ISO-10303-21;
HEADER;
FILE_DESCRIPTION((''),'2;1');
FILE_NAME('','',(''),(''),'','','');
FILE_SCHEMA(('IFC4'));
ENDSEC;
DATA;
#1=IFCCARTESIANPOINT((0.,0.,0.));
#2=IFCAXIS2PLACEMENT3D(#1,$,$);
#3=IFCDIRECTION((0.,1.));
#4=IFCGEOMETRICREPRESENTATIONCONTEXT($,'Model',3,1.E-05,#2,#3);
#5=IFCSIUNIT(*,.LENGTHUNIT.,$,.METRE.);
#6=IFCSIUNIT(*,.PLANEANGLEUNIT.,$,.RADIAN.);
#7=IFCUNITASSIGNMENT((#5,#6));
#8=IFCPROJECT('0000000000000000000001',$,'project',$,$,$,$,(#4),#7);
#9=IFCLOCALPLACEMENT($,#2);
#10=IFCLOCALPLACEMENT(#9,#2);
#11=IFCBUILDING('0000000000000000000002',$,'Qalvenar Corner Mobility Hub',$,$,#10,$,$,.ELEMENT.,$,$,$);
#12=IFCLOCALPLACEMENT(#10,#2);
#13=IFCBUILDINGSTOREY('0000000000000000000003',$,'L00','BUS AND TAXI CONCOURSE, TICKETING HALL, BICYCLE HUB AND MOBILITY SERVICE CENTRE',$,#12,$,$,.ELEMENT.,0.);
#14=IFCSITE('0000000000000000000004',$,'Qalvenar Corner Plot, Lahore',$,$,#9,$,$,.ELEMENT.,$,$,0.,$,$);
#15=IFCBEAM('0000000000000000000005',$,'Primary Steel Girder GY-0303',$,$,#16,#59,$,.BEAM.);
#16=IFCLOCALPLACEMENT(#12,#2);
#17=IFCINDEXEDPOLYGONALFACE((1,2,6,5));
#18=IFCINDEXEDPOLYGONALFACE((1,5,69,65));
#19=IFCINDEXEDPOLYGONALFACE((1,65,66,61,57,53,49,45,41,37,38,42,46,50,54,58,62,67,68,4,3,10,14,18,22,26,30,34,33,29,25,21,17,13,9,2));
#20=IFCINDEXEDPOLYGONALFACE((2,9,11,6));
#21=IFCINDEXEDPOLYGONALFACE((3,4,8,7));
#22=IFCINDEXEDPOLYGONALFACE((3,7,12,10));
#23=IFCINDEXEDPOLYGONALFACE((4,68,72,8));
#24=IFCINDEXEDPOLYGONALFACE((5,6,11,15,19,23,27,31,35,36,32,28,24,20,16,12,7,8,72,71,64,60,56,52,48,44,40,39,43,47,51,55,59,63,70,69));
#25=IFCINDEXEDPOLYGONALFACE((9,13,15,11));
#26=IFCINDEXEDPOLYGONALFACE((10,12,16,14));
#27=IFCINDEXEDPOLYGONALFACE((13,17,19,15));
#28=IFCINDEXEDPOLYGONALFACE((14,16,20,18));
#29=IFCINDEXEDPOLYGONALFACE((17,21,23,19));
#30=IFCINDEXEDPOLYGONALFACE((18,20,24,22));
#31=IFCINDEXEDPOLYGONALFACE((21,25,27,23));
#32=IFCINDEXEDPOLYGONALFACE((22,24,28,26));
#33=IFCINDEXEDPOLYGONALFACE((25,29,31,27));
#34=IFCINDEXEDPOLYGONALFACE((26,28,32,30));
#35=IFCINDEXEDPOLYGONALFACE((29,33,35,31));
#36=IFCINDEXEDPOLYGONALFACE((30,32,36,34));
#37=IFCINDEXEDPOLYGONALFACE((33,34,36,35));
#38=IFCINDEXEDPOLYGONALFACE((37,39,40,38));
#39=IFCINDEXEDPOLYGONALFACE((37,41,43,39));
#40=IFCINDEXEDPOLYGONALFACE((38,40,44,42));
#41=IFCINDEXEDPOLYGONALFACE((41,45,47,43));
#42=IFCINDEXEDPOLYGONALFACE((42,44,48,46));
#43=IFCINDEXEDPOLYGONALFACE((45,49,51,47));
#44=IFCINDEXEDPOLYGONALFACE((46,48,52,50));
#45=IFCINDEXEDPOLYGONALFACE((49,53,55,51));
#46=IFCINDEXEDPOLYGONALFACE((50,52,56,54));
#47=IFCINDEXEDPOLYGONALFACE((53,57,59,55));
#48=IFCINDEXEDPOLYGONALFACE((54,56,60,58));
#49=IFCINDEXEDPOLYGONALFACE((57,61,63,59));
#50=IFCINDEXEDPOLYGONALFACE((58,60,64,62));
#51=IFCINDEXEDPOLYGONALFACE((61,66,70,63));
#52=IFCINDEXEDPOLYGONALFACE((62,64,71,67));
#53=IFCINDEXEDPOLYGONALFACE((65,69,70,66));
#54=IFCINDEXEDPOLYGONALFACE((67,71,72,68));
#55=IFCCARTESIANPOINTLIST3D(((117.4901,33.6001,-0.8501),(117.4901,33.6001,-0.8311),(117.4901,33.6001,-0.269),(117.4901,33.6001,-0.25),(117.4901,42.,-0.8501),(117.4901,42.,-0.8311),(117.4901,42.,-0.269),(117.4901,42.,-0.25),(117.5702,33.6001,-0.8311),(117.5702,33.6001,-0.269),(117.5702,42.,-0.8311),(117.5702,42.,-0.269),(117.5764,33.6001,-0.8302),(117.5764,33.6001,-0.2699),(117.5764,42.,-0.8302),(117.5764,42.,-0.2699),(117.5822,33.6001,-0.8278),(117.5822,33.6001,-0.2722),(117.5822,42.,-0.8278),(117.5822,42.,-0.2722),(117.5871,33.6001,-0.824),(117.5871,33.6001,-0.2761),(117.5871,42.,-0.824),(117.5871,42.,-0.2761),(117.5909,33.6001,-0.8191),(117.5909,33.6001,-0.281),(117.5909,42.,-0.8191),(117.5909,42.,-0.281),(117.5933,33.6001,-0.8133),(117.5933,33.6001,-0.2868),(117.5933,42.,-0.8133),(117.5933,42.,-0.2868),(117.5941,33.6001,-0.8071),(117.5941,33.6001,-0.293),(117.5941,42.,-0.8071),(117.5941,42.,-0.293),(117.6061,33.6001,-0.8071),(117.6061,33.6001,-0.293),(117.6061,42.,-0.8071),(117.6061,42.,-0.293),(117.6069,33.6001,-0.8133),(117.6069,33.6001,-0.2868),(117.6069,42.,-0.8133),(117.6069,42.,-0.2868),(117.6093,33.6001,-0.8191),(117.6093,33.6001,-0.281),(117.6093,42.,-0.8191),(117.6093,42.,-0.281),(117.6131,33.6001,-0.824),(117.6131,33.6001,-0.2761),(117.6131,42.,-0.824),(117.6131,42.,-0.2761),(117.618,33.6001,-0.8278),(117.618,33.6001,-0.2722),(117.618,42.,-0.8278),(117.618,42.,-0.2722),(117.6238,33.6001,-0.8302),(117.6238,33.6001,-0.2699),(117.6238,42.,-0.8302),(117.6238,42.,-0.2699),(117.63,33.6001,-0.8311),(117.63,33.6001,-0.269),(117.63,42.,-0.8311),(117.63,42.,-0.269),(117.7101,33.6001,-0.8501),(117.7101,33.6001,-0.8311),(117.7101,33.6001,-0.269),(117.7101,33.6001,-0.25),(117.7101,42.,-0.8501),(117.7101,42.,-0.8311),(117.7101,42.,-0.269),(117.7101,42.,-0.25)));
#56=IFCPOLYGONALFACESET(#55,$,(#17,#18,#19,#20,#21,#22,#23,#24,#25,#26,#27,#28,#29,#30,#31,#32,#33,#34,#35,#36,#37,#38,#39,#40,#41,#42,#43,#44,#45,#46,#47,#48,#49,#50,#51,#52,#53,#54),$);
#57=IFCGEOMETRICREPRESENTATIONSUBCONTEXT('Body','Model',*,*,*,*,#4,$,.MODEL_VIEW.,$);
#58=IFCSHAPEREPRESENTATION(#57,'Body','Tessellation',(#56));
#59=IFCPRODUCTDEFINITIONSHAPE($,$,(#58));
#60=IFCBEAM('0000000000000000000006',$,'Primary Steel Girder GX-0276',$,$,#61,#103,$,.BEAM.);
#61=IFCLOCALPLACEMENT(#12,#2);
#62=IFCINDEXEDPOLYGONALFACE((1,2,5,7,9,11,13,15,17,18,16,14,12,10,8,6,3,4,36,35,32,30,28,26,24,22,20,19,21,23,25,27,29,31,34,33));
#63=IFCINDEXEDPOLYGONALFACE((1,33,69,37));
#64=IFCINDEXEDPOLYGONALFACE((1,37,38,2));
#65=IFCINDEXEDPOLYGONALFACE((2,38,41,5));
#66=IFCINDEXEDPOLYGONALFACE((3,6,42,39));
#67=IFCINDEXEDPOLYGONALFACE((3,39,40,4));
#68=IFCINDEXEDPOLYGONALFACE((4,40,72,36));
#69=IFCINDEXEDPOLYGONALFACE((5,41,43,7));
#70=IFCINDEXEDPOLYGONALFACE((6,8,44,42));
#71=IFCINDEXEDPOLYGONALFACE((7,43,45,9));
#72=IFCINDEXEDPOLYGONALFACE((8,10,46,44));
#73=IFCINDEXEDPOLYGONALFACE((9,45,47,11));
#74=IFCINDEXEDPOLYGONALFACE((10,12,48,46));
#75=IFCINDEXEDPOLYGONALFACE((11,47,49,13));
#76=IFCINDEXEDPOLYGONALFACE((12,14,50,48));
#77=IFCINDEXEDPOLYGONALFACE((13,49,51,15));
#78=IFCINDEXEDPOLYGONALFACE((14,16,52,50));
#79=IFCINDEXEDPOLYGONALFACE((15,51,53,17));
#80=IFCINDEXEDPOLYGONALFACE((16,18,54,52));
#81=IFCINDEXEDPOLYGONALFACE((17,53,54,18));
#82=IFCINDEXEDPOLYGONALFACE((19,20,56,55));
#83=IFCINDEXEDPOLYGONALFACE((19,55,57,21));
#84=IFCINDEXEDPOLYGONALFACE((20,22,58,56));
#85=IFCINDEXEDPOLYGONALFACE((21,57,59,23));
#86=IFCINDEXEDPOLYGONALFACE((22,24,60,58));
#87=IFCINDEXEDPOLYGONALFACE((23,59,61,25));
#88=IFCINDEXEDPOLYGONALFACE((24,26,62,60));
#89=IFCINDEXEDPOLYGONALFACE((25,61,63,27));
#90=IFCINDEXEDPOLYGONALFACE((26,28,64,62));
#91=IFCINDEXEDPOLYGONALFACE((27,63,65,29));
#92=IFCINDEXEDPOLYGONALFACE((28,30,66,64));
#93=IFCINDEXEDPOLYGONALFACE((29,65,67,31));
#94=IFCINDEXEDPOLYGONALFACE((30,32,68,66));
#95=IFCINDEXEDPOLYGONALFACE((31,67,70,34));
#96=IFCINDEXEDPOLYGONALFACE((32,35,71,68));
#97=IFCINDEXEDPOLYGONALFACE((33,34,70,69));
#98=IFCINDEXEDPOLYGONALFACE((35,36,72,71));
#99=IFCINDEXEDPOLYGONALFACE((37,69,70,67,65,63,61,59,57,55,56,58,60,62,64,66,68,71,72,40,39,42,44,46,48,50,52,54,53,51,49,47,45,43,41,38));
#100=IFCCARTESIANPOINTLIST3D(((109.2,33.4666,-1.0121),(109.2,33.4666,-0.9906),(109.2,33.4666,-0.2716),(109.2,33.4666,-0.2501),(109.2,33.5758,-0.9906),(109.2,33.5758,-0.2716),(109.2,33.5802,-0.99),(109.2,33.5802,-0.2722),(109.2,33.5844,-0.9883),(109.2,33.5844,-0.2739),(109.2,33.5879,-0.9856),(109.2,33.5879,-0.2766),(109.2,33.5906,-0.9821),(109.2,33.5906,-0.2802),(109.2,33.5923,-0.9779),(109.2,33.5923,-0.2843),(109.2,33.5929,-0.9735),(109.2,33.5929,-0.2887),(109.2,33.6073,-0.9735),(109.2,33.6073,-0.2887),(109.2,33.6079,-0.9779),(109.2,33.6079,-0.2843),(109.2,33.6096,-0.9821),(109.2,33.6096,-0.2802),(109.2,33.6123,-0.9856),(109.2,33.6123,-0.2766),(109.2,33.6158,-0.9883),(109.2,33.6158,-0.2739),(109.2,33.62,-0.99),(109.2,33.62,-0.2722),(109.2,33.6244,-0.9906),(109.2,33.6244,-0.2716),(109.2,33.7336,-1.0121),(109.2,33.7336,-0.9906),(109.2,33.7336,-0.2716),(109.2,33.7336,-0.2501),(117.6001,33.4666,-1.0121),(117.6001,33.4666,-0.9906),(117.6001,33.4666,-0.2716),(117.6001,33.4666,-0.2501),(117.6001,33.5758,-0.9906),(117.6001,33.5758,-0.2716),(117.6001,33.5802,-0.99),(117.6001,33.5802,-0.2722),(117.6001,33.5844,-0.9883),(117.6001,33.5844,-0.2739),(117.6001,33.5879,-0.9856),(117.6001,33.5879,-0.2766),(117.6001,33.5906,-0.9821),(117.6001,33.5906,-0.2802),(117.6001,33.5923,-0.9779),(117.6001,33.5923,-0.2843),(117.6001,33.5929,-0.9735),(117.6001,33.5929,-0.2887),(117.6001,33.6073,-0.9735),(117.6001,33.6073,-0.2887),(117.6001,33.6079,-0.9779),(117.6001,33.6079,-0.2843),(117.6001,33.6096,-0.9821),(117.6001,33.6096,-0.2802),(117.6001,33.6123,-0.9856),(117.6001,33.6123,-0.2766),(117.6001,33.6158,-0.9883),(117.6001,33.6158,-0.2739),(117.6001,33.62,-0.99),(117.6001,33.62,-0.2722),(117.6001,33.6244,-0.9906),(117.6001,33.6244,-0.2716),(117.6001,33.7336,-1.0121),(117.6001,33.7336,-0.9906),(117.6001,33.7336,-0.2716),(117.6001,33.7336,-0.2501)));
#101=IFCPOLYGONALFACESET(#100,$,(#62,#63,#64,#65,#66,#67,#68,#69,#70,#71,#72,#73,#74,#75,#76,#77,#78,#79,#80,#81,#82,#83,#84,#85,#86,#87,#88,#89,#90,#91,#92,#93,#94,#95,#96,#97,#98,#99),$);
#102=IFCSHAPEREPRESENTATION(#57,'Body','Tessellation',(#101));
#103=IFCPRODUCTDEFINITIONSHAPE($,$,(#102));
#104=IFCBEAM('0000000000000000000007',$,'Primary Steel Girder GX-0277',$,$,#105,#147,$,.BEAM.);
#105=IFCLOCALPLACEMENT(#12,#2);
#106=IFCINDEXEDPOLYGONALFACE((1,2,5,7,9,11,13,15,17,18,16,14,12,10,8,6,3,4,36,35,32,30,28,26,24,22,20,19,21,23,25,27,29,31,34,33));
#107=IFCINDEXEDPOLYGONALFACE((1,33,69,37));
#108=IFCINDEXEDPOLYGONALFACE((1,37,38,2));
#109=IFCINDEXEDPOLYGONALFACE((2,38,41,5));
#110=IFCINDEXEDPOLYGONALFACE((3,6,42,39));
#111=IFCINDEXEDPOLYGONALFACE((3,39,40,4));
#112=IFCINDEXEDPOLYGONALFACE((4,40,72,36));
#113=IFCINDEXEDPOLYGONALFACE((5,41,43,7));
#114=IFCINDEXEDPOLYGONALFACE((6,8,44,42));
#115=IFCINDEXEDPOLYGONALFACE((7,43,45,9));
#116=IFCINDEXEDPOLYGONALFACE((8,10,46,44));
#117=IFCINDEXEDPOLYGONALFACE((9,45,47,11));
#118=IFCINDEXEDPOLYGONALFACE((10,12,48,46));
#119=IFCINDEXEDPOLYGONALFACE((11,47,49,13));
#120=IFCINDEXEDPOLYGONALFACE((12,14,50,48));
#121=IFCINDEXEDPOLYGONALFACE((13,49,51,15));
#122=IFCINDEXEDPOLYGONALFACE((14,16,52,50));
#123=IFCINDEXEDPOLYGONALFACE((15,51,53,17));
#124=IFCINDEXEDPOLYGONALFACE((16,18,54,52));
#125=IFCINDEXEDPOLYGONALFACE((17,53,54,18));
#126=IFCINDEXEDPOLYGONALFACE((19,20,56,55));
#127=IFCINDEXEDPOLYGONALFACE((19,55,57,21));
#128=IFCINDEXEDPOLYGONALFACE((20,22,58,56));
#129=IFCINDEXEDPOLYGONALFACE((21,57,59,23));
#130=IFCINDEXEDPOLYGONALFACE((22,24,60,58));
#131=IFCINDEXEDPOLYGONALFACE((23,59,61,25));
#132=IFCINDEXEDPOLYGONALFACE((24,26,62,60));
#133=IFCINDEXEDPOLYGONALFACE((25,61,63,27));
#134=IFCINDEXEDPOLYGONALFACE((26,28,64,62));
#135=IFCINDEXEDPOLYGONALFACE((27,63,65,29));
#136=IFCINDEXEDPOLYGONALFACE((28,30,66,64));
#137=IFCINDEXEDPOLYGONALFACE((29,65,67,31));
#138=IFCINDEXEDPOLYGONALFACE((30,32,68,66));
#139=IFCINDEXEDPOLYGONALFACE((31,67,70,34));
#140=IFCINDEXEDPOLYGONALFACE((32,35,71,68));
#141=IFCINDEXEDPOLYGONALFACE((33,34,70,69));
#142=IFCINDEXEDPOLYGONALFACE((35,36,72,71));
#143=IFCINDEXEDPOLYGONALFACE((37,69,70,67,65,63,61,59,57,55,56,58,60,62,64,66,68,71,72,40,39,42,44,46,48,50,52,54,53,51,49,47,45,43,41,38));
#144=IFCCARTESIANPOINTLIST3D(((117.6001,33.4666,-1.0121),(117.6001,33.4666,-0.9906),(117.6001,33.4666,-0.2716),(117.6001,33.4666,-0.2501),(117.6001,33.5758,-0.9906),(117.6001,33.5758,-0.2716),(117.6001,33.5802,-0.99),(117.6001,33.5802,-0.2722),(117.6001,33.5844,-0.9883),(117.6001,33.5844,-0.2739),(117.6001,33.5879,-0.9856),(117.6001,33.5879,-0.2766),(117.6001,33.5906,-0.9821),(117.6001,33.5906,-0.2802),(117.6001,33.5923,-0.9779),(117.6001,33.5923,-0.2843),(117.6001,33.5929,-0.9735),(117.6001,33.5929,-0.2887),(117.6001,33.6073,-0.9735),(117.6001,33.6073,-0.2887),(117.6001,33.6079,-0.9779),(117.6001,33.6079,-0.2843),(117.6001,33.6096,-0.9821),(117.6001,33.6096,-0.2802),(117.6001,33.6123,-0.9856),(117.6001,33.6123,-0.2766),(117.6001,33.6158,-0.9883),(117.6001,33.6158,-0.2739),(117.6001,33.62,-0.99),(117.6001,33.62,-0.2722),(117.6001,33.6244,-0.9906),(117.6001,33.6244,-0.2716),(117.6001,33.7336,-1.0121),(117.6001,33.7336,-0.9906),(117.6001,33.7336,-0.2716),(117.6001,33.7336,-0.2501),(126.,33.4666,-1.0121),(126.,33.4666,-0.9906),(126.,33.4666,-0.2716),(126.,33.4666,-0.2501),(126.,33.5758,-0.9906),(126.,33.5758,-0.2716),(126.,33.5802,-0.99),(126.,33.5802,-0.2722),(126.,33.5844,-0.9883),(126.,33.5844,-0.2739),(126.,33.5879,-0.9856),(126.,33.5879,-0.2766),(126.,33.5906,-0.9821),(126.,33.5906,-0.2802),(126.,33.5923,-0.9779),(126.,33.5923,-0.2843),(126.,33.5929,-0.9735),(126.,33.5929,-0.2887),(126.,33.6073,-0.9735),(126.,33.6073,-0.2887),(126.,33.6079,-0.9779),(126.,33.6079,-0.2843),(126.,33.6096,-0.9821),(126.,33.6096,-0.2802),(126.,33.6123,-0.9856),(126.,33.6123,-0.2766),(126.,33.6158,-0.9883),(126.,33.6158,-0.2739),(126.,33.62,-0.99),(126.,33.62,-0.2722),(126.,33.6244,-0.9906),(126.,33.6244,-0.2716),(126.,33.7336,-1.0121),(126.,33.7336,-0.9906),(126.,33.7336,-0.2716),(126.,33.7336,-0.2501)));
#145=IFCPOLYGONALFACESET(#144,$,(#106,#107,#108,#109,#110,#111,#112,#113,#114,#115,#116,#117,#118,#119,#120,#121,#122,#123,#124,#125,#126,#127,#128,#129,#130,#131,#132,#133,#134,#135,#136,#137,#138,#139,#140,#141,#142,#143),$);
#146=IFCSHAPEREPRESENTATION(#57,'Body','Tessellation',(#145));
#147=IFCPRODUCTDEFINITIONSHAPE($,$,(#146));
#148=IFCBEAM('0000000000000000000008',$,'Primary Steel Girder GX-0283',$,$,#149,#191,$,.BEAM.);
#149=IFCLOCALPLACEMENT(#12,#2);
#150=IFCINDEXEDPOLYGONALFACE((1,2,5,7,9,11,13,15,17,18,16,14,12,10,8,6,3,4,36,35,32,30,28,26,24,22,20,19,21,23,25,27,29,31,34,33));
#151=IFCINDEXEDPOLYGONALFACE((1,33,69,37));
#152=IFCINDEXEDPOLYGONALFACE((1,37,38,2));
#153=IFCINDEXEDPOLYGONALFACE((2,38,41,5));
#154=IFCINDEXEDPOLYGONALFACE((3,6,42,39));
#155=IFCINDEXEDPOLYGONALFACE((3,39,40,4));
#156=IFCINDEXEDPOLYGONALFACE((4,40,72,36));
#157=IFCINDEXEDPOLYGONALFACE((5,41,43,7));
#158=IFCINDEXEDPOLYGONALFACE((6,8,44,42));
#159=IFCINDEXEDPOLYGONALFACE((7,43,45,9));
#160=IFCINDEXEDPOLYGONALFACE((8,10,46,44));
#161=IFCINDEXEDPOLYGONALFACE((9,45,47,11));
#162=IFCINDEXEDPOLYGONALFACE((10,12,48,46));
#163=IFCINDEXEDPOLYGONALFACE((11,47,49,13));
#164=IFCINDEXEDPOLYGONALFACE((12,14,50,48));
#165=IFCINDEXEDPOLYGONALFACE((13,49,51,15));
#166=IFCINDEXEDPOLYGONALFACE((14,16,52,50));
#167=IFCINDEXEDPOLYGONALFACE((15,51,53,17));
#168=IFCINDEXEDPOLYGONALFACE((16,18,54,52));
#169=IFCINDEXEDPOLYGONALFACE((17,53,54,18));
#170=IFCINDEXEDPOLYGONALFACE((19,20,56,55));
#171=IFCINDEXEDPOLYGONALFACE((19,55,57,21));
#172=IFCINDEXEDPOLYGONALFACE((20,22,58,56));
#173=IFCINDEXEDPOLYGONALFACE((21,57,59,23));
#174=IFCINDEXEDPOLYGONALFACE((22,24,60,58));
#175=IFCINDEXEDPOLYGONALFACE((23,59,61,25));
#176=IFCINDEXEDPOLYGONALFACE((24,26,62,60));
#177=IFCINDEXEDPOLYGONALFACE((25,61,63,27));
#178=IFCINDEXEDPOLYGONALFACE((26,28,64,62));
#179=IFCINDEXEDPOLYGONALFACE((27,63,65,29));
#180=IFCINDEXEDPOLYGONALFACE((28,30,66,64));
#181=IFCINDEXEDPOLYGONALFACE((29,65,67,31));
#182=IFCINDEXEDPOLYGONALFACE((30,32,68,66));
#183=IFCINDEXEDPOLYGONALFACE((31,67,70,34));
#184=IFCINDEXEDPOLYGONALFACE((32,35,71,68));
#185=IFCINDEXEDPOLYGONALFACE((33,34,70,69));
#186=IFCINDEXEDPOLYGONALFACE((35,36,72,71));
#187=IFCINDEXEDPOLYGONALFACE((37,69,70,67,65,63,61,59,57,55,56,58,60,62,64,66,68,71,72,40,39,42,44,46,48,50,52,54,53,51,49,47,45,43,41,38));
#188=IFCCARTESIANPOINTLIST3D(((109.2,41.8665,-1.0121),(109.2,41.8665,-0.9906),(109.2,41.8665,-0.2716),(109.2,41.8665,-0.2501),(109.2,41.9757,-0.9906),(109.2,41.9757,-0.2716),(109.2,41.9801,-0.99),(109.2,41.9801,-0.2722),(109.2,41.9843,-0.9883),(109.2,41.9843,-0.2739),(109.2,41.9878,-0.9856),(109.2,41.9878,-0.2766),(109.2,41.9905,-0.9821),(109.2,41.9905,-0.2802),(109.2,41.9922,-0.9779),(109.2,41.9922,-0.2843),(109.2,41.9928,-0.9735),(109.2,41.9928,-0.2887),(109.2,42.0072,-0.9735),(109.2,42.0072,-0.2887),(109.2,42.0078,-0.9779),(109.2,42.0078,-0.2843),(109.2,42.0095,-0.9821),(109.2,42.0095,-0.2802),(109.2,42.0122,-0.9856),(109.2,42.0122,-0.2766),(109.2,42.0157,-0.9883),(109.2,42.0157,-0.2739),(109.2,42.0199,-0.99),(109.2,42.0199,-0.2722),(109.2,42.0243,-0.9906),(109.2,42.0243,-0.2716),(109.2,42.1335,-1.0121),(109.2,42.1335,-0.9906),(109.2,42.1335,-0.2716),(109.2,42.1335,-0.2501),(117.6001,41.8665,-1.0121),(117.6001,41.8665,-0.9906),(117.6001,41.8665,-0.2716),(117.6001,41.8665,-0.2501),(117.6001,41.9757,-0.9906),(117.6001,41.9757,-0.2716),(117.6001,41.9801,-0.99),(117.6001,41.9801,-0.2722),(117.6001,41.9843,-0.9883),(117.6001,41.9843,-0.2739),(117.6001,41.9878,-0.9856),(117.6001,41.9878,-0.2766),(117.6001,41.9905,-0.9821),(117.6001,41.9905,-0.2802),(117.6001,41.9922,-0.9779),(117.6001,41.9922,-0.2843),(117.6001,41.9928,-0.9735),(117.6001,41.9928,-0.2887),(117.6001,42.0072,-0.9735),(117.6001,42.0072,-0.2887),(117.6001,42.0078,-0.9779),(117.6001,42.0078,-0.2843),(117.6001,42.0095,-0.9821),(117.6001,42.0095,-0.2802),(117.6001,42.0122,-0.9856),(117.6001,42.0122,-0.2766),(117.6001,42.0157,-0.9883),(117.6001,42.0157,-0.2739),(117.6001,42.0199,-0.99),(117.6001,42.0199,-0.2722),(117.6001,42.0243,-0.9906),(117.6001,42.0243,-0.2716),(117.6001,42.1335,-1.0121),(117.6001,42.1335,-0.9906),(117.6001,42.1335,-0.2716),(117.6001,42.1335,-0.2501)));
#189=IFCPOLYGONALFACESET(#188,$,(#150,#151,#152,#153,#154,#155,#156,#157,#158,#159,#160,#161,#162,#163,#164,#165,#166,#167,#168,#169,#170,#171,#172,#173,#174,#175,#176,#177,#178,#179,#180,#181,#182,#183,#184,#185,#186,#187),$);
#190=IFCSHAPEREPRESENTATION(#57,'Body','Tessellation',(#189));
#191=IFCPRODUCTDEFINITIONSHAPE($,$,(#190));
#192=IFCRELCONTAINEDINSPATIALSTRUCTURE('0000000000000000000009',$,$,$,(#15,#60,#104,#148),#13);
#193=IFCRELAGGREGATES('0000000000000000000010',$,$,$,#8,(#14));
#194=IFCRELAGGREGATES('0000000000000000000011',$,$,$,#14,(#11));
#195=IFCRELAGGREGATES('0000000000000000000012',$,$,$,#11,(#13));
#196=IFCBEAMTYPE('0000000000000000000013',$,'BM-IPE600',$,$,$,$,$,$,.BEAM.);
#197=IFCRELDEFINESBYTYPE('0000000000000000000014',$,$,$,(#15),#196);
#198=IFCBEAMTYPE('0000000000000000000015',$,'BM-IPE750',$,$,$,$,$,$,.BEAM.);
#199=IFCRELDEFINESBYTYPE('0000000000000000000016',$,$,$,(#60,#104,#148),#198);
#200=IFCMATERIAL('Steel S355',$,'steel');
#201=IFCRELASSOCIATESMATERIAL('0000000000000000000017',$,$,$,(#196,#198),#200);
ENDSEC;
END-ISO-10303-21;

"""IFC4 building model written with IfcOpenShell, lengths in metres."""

from ifc_helpers import new_model, si_unit, direction, frame, origin, origin_2d, place, context, subcontext, project, spatial, i_section, extrude, material, material_profile, profile_set, type_object, element, save


model = new_model("IFC4")

# Units and contexts
model_context = context("Model", 3, precision=1e-05, world=origin(), true_north=direction((0.0, 1.0)))
body_context = subcontext(model_context, "Body", "Model", "MODEL_VIEW")
ifc_project = project(units=[si_unit("LENGTHUNIT", "METRE"), si_unit("PLANEANGLEUNIT", "RADIAN")], contexts=[model_context])

# Site, building, storey
site_placement = place(None, origin())
site = spatial("IfcSite", under=ifc_project, at=site_placement, Name="Qalvenar Corner Plot, Lahore", CompositionType="ELEMENT", RefElevation=0.0)
building_placement = place(site_placement, origin())
building = spatial("IfcBuilding", under=site, at=building_placement, Name="Qalvenar Corner Mobility Hub", CompositionType="ELEMENT")
storey_placement = place(building_placement, origin())
storey = spatial("IfcBuildingStorey", under=building, at=storey_placement, Name="L00", Description="BUS AND TAXI CONCOURSE, TICKETING HALL, BICYCLE HUB AND MOBILITY SERVICE CENTRE", CompositionType="ELEMENT", Elevation=0.0)

# Shared definitions
ifc_material_1 = material(Name="Steel S355", Category="steel")

# Beams
ifc_material_profile_1 = material_profile(ifc_material_1, i_section(OverallWidth=0.22, OverallDepth=0.6001, WebThickness=0.012, FlangeThickness=0.019, FilletRadius=0.0239, at=origin_2d()), Name="IPE600")
ifc_profile_set_1 = profile_set([ifc_material_profile_1], Name="Steel S355")
beam_type_1 = type_object("IfcBeamType", Name="BM-IPE600", PredefinedType="BEAM", material=ifc_profile_set_1)
beam_1_placement = place(storey_placement, frame((117.6001, 33.6001, -0.55), z_axis=(0.0, 1.0, 0.0), x_axis=(-1.0, 0.0, 0.0)))
element("IfcBeam", 1, at=beam_1_placement, inside=storey, type_object=beam_type_1, Name="Primary Steel Girder GY-0303", PredefinedType="BEAM", context=body_context, shape_type="SweptSolid", body=[
    extrude(i_section(OverallWidth=0.22, OverallDepth=0.6001, WebThickness=0.012, FlangeThickness=0.019, FilletRadius=0.0239, at=origin_2d()), origin(), (0.0, 0.0, 1.0), 8.3999),
])
ifc_material_profile_2 = material_profile(ifc_material_1, i_section(OverallWidth=0.2671, OverallDepth=0.762, WebThickness=0.0144, FlangeThickness=0.0215, FilletRadius=0.0171, at=origin_2d()), Name="IPE750x173")
ifc_profile_set_2 = profile_set([ifc_material_profile_2], Name="Steel S355")
beam_type_2 = type_object("IfcBeamType", Name="BM-IPE750", PredefinedType="BEAM", material=ifc_profile_set_2)
beam_2_placement = place(storey_placement, frame((109.2, 33.6001, -0.6311), z_axis=(1.0, 0.0, 0.0), x_axis=(0.0, 1.0, 0.0)))
element("IfcBeam", 2, at=beam_2_placement, inside=storey, type_object=beam_type_2, Name="Primary Steel Girder GX-0276", PredefinedType="BEAM", context=body_context, shape_type="SweptSolid", body=[
    extrude(i_section(OverallWidth=0.2671, OverallDepth=0.762, WebThickness=0.0144, FlangeThickness=0.0215, FilletRadius=0.0171, at=origin_2d()), origin(), (0.0, 0.0, 1.0), 8.4001),
])
beam_3_placement = place(storey_placement, frame((117.6001, 33.6001, -0.6311), z_axis=(1.0, 0.0, 0.0), x_axis=(0.0, 1.0, 0.0)))
element("IfcBeam", 3, at=beam_3_placement, inside=storey, type_object=beam_type_2, Name="Primary Steel Girder GX-0277", PredefinedType="BEAM", context=body_context, shape_type="SweptSolid", body=[
    extrude(i_section(OverallWidth=0.2671, OverallDepth=0.762, WebThickness=0.0144, FlangeThickness=0.0215, FilletRadius=0.0171, at=origin_2d()), origin(), (0.0, 0.0, 1.0), 8.3999),
])
beam_4_placement = place(storey_placement, frame((109.2, 42.0, -0.6311), z_axis=(1.0, 0.0, 0.0), x_axis=(0.0, 1.0, 0.0)))
element("IfcBeam", 4, at=beam_4_placement, inside=storey, type_object=beam_type_2, Name="Primary Steel Girder GX-0283", PredefinedType="BEAM", context=body_context, shape_type="SweptSolid", body=[
    extrude(i_section(OverallWidth=0.2671, OverallDepth=0.762, WebThickness=0.0144, FlangeThickness=0.0215, FilletRadius=0.0171, at=origin_2d()), origin(), (0.0, 0.0, 1.0), 8.4001),
])

save(model, "model.ifc")
